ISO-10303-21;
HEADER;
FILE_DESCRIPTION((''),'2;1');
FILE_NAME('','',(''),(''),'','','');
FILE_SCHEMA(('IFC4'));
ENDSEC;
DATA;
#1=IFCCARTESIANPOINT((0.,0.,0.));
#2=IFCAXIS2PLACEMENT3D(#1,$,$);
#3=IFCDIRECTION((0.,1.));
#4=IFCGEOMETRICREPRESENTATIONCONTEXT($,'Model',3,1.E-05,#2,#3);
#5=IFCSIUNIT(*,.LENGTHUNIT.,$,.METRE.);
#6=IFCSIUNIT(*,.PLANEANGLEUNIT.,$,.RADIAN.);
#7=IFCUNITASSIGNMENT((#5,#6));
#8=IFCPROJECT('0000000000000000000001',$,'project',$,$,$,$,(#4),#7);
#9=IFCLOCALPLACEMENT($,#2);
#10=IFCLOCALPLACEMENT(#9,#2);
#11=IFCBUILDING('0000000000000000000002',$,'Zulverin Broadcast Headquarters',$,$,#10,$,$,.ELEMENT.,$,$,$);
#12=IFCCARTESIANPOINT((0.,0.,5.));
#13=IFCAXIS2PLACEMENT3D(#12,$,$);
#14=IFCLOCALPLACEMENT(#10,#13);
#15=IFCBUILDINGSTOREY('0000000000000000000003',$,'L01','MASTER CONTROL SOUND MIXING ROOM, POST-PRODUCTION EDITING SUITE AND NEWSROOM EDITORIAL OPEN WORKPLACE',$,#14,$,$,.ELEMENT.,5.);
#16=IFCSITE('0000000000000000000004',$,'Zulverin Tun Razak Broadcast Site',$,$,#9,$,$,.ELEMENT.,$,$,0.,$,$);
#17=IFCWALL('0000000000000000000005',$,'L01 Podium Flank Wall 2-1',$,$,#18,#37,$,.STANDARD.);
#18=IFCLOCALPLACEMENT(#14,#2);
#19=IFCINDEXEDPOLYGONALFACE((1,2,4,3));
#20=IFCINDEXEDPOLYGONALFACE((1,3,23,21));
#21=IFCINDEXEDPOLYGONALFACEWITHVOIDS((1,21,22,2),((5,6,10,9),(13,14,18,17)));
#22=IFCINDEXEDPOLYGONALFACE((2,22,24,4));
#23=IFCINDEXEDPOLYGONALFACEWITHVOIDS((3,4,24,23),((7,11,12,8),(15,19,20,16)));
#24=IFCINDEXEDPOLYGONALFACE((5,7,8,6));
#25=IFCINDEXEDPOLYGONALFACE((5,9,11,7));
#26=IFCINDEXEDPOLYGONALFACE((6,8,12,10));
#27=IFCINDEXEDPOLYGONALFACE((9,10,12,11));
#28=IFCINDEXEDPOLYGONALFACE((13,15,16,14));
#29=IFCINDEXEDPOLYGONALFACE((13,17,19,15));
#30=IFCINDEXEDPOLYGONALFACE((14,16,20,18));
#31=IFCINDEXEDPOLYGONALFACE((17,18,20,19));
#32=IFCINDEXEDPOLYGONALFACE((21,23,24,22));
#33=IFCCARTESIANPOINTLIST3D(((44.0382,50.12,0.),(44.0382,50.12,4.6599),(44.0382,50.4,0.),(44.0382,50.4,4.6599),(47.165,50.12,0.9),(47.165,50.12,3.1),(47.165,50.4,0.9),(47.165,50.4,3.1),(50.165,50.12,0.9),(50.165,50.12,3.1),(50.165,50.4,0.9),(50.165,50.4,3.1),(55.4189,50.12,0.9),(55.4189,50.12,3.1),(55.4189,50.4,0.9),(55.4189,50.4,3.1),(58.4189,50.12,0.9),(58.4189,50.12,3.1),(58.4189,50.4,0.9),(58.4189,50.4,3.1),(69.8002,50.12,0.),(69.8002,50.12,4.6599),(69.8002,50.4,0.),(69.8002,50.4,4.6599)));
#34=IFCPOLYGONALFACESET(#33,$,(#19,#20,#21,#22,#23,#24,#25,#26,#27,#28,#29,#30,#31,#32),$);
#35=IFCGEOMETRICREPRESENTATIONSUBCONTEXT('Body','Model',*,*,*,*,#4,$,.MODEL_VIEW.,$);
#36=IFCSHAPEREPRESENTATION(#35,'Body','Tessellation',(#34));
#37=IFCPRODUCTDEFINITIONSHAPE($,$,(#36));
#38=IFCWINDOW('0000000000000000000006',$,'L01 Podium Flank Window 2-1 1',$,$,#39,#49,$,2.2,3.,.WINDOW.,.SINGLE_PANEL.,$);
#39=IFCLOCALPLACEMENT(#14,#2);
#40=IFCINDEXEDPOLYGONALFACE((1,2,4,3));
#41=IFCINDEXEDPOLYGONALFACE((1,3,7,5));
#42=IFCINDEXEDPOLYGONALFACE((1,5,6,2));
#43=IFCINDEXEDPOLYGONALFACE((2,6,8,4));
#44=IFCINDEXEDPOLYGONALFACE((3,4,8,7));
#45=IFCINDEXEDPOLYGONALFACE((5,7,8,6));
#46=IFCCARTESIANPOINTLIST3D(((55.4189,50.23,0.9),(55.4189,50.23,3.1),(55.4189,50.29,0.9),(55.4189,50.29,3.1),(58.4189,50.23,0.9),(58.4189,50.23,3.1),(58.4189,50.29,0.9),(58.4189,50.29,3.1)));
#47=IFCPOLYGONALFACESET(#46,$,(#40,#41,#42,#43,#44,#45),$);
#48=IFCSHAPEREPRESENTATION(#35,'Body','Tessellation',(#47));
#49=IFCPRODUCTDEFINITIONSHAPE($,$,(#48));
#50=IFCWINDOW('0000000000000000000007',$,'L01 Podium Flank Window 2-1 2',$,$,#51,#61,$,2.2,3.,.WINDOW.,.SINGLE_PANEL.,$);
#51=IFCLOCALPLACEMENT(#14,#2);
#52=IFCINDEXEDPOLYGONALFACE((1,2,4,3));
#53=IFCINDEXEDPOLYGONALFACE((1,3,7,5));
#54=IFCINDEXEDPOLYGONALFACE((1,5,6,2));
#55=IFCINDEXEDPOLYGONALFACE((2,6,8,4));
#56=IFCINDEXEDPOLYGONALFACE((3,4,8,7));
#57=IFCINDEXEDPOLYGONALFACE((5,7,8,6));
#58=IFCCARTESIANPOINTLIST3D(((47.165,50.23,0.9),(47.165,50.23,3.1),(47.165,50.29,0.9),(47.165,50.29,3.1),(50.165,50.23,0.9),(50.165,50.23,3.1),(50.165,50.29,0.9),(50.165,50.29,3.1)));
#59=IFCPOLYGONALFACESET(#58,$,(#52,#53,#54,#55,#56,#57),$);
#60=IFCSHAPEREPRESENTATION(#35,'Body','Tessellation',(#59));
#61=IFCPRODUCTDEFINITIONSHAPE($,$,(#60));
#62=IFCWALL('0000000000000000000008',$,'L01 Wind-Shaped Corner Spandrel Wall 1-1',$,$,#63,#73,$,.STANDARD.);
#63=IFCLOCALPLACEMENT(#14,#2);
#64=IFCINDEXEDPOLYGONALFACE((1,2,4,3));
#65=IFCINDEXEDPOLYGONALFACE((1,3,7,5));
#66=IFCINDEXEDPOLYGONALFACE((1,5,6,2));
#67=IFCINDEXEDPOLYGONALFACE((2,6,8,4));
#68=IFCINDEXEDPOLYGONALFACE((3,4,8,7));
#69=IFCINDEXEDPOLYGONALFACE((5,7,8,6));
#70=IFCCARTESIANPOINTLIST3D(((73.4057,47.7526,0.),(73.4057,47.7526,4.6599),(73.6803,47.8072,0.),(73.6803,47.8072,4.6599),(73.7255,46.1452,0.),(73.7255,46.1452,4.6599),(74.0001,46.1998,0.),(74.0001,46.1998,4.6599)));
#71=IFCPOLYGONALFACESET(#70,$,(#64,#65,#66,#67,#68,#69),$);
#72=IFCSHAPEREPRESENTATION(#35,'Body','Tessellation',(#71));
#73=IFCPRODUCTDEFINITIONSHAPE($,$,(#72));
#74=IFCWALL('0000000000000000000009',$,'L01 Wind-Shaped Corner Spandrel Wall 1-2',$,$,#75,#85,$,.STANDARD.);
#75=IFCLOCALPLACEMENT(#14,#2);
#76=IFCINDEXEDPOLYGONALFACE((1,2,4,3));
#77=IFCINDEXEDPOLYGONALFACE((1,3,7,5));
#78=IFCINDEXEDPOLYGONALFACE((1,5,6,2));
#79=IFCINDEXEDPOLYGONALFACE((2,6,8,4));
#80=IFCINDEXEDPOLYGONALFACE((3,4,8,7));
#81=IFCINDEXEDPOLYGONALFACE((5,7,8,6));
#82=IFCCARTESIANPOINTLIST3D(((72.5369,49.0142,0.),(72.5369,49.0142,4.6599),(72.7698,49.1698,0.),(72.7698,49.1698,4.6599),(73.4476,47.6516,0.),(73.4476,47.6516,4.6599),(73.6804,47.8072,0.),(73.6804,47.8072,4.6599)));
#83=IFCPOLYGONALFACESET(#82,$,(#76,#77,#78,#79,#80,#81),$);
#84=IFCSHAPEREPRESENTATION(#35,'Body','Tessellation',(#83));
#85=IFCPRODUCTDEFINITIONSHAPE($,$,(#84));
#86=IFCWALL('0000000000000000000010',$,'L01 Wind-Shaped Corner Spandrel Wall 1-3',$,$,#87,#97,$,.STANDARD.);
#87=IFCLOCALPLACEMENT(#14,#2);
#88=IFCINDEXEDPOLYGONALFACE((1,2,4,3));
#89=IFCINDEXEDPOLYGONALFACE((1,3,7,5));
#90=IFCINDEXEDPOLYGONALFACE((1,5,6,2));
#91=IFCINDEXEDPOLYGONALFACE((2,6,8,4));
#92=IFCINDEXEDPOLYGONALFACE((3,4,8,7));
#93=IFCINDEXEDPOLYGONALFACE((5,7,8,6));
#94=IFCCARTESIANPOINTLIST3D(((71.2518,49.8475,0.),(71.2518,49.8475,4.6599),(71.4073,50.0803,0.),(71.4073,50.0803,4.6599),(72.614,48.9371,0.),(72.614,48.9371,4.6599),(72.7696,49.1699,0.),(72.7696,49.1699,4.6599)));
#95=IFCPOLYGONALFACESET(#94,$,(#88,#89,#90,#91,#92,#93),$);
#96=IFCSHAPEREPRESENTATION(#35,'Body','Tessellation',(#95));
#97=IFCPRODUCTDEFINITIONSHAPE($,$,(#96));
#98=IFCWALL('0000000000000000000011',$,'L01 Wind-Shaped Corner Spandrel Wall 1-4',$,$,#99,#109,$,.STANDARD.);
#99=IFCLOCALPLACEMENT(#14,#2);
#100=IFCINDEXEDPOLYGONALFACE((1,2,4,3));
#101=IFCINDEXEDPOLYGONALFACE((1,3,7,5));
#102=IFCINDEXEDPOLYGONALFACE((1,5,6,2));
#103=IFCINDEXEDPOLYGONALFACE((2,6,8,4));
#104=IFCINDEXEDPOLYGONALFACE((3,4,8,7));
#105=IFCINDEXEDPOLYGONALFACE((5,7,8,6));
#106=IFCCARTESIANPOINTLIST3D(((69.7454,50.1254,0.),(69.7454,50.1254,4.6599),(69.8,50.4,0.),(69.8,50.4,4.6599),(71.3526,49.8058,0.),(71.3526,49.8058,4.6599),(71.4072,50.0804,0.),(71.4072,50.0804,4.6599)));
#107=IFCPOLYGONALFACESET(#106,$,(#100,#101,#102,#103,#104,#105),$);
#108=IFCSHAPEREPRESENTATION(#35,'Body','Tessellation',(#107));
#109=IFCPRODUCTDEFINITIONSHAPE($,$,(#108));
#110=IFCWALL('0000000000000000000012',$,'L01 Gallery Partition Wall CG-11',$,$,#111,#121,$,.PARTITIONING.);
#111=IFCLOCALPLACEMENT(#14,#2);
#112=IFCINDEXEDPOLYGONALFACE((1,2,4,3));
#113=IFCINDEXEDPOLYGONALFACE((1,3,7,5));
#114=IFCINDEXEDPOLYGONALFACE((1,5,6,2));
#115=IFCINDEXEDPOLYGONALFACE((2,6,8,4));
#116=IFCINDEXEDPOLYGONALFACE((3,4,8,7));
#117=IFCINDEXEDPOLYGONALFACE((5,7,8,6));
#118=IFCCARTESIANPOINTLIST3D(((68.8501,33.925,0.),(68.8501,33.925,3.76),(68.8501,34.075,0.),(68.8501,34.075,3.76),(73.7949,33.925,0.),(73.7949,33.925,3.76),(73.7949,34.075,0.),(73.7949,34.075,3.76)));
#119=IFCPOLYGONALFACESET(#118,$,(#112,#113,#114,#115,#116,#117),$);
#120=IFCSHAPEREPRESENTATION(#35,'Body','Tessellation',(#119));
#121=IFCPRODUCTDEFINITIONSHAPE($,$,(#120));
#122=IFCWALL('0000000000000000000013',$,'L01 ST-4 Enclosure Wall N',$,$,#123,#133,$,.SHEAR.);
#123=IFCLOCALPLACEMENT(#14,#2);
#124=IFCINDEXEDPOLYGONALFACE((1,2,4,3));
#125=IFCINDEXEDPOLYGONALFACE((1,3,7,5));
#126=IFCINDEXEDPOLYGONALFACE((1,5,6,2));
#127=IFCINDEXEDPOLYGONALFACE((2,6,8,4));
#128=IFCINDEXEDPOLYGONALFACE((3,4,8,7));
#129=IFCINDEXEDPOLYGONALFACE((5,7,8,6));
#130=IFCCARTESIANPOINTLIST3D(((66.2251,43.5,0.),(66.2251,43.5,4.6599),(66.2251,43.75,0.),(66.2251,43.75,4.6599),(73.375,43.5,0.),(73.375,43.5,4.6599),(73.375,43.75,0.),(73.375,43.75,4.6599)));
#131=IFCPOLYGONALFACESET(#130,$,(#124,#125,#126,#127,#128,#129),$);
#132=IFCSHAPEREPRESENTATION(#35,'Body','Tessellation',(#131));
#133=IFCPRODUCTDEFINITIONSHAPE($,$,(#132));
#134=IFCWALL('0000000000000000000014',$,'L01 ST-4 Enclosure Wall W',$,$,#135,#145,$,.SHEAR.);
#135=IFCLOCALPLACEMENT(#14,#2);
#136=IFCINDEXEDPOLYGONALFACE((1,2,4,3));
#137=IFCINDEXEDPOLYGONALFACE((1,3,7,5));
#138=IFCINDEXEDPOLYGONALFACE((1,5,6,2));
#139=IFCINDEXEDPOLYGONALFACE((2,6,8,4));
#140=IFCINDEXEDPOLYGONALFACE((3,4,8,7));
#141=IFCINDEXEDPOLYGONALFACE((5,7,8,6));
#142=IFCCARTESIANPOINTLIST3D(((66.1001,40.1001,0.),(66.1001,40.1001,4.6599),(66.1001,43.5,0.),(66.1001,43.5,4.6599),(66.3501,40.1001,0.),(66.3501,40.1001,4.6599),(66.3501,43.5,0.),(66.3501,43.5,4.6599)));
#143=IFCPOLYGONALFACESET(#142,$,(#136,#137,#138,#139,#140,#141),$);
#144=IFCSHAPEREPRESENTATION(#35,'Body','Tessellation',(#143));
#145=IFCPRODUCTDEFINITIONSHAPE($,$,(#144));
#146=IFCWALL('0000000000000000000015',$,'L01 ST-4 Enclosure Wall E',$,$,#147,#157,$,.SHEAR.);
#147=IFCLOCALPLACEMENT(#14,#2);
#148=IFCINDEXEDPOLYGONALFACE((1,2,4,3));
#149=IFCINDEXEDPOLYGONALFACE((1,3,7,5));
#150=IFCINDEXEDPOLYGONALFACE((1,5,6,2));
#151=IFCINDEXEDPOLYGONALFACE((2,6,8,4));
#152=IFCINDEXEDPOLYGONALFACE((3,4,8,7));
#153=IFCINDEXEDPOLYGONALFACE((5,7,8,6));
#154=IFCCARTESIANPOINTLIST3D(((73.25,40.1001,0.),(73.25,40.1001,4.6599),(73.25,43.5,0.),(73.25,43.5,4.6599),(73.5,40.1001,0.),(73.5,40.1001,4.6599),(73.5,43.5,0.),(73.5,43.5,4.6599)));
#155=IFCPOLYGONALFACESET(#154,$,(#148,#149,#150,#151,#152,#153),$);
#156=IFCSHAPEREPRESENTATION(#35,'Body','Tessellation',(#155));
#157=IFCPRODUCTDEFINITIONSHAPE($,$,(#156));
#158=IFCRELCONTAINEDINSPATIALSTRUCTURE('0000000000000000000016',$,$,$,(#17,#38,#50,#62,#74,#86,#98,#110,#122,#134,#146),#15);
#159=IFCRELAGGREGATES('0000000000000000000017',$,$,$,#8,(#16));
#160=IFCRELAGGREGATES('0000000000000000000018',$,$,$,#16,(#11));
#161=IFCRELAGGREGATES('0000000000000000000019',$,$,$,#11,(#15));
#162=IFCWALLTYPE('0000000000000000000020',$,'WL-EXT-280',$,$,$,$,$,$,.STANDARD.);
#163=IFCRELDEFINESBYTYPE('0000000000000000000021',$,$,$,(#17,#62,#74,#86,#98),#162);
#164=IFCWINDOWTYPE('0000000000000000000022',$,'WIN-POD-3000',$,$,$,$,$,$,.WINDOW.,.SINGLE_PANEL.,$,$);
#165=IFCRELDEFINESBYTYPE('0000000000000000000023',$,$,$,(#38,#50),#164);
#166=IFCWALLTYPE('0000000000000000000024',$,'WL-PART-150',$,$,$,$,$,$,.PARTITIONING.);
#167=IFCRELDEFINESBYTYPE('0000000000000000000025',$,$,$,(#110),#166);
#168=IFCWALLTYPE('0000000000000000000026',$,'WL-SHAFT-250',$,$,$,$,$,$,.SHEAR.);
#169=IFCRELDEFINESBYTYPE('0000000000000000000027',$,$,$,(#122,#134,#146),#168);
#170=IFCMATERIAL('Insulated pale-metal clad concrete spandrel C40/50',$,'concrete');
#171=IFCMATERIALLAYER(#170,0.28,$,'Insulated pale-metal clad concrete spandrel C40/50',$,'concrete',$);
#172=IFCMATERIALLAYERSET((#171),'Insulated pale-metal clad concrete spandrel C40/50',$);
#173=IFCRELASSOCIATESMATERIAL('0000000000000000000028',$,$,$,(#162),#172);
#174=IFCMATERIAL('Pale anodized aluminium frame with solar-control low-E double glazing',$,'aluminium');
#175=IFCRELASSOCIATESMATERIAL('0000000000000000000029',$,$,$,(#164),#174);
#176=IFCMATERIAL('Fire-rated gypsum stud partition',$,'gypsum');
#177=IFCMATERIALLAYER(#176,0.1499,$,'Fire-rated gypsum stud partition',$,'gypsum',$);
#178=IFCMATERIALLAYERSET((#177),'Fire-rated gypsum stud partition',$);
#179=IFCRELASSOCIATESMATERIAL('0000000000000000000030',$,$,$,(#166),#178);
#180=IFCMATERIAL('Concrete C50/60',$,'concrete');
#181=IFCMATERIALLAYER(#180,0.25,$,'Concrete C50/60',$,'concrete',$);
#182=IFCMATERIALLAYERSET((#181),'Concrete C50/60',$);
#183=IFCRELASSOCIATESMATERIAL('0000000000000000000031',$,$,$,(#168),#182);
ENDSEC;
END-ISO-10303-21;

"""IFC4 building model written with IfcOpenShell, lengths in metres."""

from ifc_helpers import new_model, si_unit, direction, frame, frame_2d, origin, place, context, subcontext, project, spatial, rectangle, extrude, material, layer, layer_set, type_object, element, fill, save


model = new_model("IFC4")

# Units and contexts
model_context = context("Model", 3, precision=1e-05, world=origin(), true_north=direction((0.0, 1.0)))
body_context = subcontext(model_context, "Body", "Model", "MODEL_VIEW")
ifc_project = project(units=[si_unit("LENGTHUNIT", "METRE"), si_unit("PLANEANGLEUNIT", "RADIAN")], contexts=[model_context])

# Site, building, storey
site_placement = place(None, origin())
site = spatial("IfcSite", under=ifc_project, at=site_placement, Name="Zulverin Tun Razak Broadcast Site", CompositionType="ELEMENT", RefElevation=0.0)
building_placement = place(site_placement, origin())
building = spatial("IfcBuilding", under=site, at=building_placement, Name="Zulverin Broadcast Headquarters", CompositionType="ELEMENT")
storey_placement = place(building_placement, frame((0.0, 0.0, 5.0)))
storey = spatial("IfcBuildingStorey", under=building, at=storey_placement, Name="L01", Description="MASTER CONTROL SOUND MIXING ROOM, POST-PRODUCTION EDITING SUITE AND NEWSROOM EDITORIAL OPEN WORKPLACE", CompositionType="ELEMENT", Elevation=5.0)

# Wall, openings, windows
ifc_material_1 = material(Name="Insulated pale-metal clad concrete spandrel C40/50", Category="concrete")
ifc_layer_1 = layer(ifc_material_1, 0.28, Name="Insulated pale-metal clad concrete spandrel C40/50", Category="concrete")
ifc_layer_set_1 = layer_set([ifc_layer_1], Name="Insulated pale-metal clad concrete spandrel C40/50")
wall_type_1 = type_object("IfcWallType", Name="WL-EXT-280", PredefinedType="STANDARD", material=ifc_layer_set_1)
wall_1_placement = place(storey_placement, frame((69.8, 50.26, 0.0), z_axis=(0.0, 0.0, 1.0), x_axis=(-1.0, 0.0, 0.0)))
wall_1 = element("IfcWall", 1, at=wall_1_placement, inside=storey, type_object=wall_type_1, Name="L01 Podium Flank Wall 2-1", PredefinedType="STANDARD", context=body_context, shape_type="SweptSolid", body=[
    extrude(rectangle(XDim=25.762, YDim=0.28, at=frame_2d((12.8809, 0.0))), origin(), (0.0, 0.0, 1.0), 4.6599),
])
opening_1_placement = place(wall_1_placement, frame((11.3811, 0.0, 0.8999)))
opening_1 = element("IfcOpeningElement", 2, at=opening_1_placement, cuts=wall_1, PredefinedType="OPENING", context=body_context, shape_type="SweptSolid", body=[
    extrude(rectangle(XDim=3.0, YDim=2.2, at=frame_2d((1.5, 1.1001))), frame((0.0, 0.1499, 0.0), z_axis=(0.0, -1.0, 0.0), x_axis=(1.0, 0.0, 0.0)), (0.0, 0.0, 1.0), 0.3),
])
opening_2_placement = place(wall_1_placement, frame((19.635, 0.0, 0.8999)))
opening_2 = element("IfcOpeningElement", 3, at=opening_2_placement, cuts=wall_1, PredefinedType="OPENING", context=body_context, shape_type="SweptSolid", body=[
    extrude(rectangle(XDim=3.0, YDim=2.2, at=frame_2d((1.5, 1.1001))), frame((0.0, 0.1499, 0.0), z_axis=(0.0, -1.0, 0.0), x_axis=(1.0, 0.0, 0.0)), (0.0, 0.0, 1.0), 0.3),
])
ifc_material_2 = material(Name="Pale anodized aluminium frame with solar-control low-E double glazing", Category="aluminium")
window_type = type_object("IfcWindowType", Name="WIN-POD-3000", PartitioningType="SINGLE_PANEL", PredefinedType="WINDOW", material=ifc_material_2)
window_1_placement = place(opening_1_placement, origin())
window_1 = element("IfcWindow", 4, at=window_1_placement, inside=storey, type_object=window_type, Name="L01 Podium Flank Window 2-1 1", OverallHeight=2.2, OverallWidth=3.0, PartitioningType="SINGLE_PANEL", PredefinedType="WINDOW", context=body_context, shape_type="SweptSolid", body=[
    extrude(rectangle(XDim=3.0, YDim=2.2, at=frame_2d((1.5, 1.1001))), frame((0.0, 0.03, 0.0), z_axis=(0.0, -1.0, 0.0), x_axis=(1.0, 0.0, 0.0)), (0.0, 0.0, 1.0), 0.0601),
])
fill(opening_1, window_1)
window_2_placement = place(opening_2_placement, origin())
window_2 = element("IfcWindow", 5, at=window_2_placement, inside=storey, type_object=window_type, Name="L01 Podium Flank Window 2-1 2", OverallHeight=2.2, OverallWidth=3.0, PartitioningType="SINGLE_PANEL", PredefinedType="WINDOW", context=body_context, shape_type="SweptSolid", body=[
    extrude(rectangle(XDim=3.0, YDim=2.2, at=frame_2d((1.5, 1.1001))), frame((0.0, 0.03, 0.0), z_axis=(0.0, -1.0, 0.0), x_axis=(1.0, 0.0, 0.0)), (0.0, 0.0, 1.0), 0.0601),
])
fill(opening_2, window_2)

# Walls
for number, where, z_axis, x_axis, name in (
    (6, (73.8628, 46.1726, 0.0), (0.0, 0.0, 1.0), (-0.195142, 0.980775, 0.0), "L01 Wind-Shaped Corner Spandrel Wall 1-1"),
    (7, (73.564, 47.7295, 0.0), (0.0, 0.0, 1.0), (-0.555662, 0.831408, 0.0), "L01 Wind-Shaped Corner Spandrel Wall 1-2"),
):
    element("IfcWall", number, at=place(storey_placement, frame(where, z_axis=z_axis, x_axis=x_axis)), inside=storey, type_object=wall_type_1, Name=name, PredefinedType="STANDARD", context=body_context, shape_type="SweptSolid", body=[
        extrude(rectangle(XDim=1.6389, YDim=0.28, at=frame_2d((0.8193, 0.0))), origin(), (0.0, 0.0, 1.0), 4.6599),
    ])
wall_2_placement = place(storey_placement, frame((72.6919, 49.0535, 0.0), z_axis=(0.0, 0.0, 1.0), x_axis=(-0.831431, 0.555628, 0.0)))
element("IfcWall", 8, at=wall_2_placement, inside=storey, type_object=wall_type_1, Name="L01 Wind-Shaped Corner Spandrel Wall 1-3", PredefinedType="STANDARD", context=body_context, shape_type="SweptSolid", body=[
    extrude(rectangle(XDim=1.6384, YDim=0.28, at=frame_2d((0.8193, 0.0))), origin(), (0.0, 0.0, 1.0), 4.6599),
])
wall_3_placement = place(storey_placement, frame((71.3799, 49.9431, 0.0), z_axis=(0.0, 0.0, 1.0), x_axis=(-0.980798, 0.195027, 0.0)))
element("IfcWall", 9, at=wall_3_placement, inside=storey, type_object=wall_type_1, Name="L01 Wind-Shaped Corner Spandrel Wall 1-4", PredefinedType="STANDARD", context=body_context, shape_type="SweptSolid", body=[
    extrude(rectangle(XDim=1.6387, YDim=0.28, at=frame_2d((0.8193, 0.0))), origin(), (0.0, 0.0, 1.0), 4.6599),
])
ifc_material_3 = material(Name="Fire-rated gypsum stud partition", Category="gypsum")
ifc_layer_2 = layer(ifc_material_3, 0.1499, Name="Fire-rated gypsum stud partition", Category="gypsum")
ifc_layer_set_2 = layer_set([ifc_layer_2], Name="Fire-rated gypsum stud partition")
wall_type_2 = type_object("IfcWallType", Name="WL-PART-150", PredefinedType="PARTITIONING", material=ifc_layer_set_2)
wall_4_placement = place(storey_placement, frame((68.8501, 34.0, 0.0), z_axis=(0.0, 0.0, 1.0), x_axis=(1.0, 0.0, 0.0)))
element("IfcWall", 10, at=wall_4_placement, inside=storey, type_object=wall_type_2, Name="L01 Gallery Partition Wall CG-11", PredefinedType="PARTITIONING", context=body_context, shape_type="SweptSolid", body=[
    extrude(rectangle(XDim=4.9448, YDim=0.1499, at=frame_2d((2.4724, 0.0))), origin(), (0.0, 0.0, 1.0), 3.76),
])
ifc_material_4 = material(Name="Concrete C50/60", Category="concrete")
ifc_layer_3 = layer(ifc_material_4, 0.25, Name="Concrete C50/60", Category="concrete")
ifc_layer_set_3 = layer_set([ifc_layer_3], Name="Concrete C50/60")
wall_type_3 = type_object("IfcWallType", Name="WL-SHAFT-250", PredefinedType="SHEAR", material=ifc_layer_set_3)
wall_5_placement = place(storey_placement, frame((66.2251, 43.625, 0.0), z_axis=(0.0, 0.0, 1.0), x_axis=(1.0, 0.0, 0.0)))
element("IfcWall", 11, at=wall_5_placement, inside=storey, type_object=wall_type_3, Name="L01 ST-4 Enclosure Wall N", PredefinedType="SHEAR", context=body_context, shape_type="SweptSolid", body=[
    extrude(rectangle(XDim=7.1499, YDim=0.25, at=frame_2d((3.575, 0.0))), origin(), (0.0, 0.0, 1.0), 4.6599),
])
for number, where, z_axis, x_axis, name in (
    (12, (66.2251, 40.1001, 0.0), (0.0, 0.0, 1.0), (0.0, 1.0, 0.0), "L01 ST-4 Enclosure Wall W"),
    (13, (73.375, 40.1001, 0.0), (0.0, 0.0, 1.0), (0.0, 1.0, 0.0), "L01 ST-4 Enclosure Wall E"),
):
    element("IfcWall", number, at=place(storey_placement, frame(where, z_axis=z_axis, x_axis=x_axis)), inside=storey, type_object=wall_type_3, Name=name, PredefinedType="SHEAR", context=body_context, shape_type="SweptSolid", body=[
        extrude(rectangle(XDim=3.3999, YDim=0.25, at=frame_2d((1.7, 0.0))), origin(), (0.0, 0.0, 1.0), 4.6599),
    ])

save(model, "model.ifc")
